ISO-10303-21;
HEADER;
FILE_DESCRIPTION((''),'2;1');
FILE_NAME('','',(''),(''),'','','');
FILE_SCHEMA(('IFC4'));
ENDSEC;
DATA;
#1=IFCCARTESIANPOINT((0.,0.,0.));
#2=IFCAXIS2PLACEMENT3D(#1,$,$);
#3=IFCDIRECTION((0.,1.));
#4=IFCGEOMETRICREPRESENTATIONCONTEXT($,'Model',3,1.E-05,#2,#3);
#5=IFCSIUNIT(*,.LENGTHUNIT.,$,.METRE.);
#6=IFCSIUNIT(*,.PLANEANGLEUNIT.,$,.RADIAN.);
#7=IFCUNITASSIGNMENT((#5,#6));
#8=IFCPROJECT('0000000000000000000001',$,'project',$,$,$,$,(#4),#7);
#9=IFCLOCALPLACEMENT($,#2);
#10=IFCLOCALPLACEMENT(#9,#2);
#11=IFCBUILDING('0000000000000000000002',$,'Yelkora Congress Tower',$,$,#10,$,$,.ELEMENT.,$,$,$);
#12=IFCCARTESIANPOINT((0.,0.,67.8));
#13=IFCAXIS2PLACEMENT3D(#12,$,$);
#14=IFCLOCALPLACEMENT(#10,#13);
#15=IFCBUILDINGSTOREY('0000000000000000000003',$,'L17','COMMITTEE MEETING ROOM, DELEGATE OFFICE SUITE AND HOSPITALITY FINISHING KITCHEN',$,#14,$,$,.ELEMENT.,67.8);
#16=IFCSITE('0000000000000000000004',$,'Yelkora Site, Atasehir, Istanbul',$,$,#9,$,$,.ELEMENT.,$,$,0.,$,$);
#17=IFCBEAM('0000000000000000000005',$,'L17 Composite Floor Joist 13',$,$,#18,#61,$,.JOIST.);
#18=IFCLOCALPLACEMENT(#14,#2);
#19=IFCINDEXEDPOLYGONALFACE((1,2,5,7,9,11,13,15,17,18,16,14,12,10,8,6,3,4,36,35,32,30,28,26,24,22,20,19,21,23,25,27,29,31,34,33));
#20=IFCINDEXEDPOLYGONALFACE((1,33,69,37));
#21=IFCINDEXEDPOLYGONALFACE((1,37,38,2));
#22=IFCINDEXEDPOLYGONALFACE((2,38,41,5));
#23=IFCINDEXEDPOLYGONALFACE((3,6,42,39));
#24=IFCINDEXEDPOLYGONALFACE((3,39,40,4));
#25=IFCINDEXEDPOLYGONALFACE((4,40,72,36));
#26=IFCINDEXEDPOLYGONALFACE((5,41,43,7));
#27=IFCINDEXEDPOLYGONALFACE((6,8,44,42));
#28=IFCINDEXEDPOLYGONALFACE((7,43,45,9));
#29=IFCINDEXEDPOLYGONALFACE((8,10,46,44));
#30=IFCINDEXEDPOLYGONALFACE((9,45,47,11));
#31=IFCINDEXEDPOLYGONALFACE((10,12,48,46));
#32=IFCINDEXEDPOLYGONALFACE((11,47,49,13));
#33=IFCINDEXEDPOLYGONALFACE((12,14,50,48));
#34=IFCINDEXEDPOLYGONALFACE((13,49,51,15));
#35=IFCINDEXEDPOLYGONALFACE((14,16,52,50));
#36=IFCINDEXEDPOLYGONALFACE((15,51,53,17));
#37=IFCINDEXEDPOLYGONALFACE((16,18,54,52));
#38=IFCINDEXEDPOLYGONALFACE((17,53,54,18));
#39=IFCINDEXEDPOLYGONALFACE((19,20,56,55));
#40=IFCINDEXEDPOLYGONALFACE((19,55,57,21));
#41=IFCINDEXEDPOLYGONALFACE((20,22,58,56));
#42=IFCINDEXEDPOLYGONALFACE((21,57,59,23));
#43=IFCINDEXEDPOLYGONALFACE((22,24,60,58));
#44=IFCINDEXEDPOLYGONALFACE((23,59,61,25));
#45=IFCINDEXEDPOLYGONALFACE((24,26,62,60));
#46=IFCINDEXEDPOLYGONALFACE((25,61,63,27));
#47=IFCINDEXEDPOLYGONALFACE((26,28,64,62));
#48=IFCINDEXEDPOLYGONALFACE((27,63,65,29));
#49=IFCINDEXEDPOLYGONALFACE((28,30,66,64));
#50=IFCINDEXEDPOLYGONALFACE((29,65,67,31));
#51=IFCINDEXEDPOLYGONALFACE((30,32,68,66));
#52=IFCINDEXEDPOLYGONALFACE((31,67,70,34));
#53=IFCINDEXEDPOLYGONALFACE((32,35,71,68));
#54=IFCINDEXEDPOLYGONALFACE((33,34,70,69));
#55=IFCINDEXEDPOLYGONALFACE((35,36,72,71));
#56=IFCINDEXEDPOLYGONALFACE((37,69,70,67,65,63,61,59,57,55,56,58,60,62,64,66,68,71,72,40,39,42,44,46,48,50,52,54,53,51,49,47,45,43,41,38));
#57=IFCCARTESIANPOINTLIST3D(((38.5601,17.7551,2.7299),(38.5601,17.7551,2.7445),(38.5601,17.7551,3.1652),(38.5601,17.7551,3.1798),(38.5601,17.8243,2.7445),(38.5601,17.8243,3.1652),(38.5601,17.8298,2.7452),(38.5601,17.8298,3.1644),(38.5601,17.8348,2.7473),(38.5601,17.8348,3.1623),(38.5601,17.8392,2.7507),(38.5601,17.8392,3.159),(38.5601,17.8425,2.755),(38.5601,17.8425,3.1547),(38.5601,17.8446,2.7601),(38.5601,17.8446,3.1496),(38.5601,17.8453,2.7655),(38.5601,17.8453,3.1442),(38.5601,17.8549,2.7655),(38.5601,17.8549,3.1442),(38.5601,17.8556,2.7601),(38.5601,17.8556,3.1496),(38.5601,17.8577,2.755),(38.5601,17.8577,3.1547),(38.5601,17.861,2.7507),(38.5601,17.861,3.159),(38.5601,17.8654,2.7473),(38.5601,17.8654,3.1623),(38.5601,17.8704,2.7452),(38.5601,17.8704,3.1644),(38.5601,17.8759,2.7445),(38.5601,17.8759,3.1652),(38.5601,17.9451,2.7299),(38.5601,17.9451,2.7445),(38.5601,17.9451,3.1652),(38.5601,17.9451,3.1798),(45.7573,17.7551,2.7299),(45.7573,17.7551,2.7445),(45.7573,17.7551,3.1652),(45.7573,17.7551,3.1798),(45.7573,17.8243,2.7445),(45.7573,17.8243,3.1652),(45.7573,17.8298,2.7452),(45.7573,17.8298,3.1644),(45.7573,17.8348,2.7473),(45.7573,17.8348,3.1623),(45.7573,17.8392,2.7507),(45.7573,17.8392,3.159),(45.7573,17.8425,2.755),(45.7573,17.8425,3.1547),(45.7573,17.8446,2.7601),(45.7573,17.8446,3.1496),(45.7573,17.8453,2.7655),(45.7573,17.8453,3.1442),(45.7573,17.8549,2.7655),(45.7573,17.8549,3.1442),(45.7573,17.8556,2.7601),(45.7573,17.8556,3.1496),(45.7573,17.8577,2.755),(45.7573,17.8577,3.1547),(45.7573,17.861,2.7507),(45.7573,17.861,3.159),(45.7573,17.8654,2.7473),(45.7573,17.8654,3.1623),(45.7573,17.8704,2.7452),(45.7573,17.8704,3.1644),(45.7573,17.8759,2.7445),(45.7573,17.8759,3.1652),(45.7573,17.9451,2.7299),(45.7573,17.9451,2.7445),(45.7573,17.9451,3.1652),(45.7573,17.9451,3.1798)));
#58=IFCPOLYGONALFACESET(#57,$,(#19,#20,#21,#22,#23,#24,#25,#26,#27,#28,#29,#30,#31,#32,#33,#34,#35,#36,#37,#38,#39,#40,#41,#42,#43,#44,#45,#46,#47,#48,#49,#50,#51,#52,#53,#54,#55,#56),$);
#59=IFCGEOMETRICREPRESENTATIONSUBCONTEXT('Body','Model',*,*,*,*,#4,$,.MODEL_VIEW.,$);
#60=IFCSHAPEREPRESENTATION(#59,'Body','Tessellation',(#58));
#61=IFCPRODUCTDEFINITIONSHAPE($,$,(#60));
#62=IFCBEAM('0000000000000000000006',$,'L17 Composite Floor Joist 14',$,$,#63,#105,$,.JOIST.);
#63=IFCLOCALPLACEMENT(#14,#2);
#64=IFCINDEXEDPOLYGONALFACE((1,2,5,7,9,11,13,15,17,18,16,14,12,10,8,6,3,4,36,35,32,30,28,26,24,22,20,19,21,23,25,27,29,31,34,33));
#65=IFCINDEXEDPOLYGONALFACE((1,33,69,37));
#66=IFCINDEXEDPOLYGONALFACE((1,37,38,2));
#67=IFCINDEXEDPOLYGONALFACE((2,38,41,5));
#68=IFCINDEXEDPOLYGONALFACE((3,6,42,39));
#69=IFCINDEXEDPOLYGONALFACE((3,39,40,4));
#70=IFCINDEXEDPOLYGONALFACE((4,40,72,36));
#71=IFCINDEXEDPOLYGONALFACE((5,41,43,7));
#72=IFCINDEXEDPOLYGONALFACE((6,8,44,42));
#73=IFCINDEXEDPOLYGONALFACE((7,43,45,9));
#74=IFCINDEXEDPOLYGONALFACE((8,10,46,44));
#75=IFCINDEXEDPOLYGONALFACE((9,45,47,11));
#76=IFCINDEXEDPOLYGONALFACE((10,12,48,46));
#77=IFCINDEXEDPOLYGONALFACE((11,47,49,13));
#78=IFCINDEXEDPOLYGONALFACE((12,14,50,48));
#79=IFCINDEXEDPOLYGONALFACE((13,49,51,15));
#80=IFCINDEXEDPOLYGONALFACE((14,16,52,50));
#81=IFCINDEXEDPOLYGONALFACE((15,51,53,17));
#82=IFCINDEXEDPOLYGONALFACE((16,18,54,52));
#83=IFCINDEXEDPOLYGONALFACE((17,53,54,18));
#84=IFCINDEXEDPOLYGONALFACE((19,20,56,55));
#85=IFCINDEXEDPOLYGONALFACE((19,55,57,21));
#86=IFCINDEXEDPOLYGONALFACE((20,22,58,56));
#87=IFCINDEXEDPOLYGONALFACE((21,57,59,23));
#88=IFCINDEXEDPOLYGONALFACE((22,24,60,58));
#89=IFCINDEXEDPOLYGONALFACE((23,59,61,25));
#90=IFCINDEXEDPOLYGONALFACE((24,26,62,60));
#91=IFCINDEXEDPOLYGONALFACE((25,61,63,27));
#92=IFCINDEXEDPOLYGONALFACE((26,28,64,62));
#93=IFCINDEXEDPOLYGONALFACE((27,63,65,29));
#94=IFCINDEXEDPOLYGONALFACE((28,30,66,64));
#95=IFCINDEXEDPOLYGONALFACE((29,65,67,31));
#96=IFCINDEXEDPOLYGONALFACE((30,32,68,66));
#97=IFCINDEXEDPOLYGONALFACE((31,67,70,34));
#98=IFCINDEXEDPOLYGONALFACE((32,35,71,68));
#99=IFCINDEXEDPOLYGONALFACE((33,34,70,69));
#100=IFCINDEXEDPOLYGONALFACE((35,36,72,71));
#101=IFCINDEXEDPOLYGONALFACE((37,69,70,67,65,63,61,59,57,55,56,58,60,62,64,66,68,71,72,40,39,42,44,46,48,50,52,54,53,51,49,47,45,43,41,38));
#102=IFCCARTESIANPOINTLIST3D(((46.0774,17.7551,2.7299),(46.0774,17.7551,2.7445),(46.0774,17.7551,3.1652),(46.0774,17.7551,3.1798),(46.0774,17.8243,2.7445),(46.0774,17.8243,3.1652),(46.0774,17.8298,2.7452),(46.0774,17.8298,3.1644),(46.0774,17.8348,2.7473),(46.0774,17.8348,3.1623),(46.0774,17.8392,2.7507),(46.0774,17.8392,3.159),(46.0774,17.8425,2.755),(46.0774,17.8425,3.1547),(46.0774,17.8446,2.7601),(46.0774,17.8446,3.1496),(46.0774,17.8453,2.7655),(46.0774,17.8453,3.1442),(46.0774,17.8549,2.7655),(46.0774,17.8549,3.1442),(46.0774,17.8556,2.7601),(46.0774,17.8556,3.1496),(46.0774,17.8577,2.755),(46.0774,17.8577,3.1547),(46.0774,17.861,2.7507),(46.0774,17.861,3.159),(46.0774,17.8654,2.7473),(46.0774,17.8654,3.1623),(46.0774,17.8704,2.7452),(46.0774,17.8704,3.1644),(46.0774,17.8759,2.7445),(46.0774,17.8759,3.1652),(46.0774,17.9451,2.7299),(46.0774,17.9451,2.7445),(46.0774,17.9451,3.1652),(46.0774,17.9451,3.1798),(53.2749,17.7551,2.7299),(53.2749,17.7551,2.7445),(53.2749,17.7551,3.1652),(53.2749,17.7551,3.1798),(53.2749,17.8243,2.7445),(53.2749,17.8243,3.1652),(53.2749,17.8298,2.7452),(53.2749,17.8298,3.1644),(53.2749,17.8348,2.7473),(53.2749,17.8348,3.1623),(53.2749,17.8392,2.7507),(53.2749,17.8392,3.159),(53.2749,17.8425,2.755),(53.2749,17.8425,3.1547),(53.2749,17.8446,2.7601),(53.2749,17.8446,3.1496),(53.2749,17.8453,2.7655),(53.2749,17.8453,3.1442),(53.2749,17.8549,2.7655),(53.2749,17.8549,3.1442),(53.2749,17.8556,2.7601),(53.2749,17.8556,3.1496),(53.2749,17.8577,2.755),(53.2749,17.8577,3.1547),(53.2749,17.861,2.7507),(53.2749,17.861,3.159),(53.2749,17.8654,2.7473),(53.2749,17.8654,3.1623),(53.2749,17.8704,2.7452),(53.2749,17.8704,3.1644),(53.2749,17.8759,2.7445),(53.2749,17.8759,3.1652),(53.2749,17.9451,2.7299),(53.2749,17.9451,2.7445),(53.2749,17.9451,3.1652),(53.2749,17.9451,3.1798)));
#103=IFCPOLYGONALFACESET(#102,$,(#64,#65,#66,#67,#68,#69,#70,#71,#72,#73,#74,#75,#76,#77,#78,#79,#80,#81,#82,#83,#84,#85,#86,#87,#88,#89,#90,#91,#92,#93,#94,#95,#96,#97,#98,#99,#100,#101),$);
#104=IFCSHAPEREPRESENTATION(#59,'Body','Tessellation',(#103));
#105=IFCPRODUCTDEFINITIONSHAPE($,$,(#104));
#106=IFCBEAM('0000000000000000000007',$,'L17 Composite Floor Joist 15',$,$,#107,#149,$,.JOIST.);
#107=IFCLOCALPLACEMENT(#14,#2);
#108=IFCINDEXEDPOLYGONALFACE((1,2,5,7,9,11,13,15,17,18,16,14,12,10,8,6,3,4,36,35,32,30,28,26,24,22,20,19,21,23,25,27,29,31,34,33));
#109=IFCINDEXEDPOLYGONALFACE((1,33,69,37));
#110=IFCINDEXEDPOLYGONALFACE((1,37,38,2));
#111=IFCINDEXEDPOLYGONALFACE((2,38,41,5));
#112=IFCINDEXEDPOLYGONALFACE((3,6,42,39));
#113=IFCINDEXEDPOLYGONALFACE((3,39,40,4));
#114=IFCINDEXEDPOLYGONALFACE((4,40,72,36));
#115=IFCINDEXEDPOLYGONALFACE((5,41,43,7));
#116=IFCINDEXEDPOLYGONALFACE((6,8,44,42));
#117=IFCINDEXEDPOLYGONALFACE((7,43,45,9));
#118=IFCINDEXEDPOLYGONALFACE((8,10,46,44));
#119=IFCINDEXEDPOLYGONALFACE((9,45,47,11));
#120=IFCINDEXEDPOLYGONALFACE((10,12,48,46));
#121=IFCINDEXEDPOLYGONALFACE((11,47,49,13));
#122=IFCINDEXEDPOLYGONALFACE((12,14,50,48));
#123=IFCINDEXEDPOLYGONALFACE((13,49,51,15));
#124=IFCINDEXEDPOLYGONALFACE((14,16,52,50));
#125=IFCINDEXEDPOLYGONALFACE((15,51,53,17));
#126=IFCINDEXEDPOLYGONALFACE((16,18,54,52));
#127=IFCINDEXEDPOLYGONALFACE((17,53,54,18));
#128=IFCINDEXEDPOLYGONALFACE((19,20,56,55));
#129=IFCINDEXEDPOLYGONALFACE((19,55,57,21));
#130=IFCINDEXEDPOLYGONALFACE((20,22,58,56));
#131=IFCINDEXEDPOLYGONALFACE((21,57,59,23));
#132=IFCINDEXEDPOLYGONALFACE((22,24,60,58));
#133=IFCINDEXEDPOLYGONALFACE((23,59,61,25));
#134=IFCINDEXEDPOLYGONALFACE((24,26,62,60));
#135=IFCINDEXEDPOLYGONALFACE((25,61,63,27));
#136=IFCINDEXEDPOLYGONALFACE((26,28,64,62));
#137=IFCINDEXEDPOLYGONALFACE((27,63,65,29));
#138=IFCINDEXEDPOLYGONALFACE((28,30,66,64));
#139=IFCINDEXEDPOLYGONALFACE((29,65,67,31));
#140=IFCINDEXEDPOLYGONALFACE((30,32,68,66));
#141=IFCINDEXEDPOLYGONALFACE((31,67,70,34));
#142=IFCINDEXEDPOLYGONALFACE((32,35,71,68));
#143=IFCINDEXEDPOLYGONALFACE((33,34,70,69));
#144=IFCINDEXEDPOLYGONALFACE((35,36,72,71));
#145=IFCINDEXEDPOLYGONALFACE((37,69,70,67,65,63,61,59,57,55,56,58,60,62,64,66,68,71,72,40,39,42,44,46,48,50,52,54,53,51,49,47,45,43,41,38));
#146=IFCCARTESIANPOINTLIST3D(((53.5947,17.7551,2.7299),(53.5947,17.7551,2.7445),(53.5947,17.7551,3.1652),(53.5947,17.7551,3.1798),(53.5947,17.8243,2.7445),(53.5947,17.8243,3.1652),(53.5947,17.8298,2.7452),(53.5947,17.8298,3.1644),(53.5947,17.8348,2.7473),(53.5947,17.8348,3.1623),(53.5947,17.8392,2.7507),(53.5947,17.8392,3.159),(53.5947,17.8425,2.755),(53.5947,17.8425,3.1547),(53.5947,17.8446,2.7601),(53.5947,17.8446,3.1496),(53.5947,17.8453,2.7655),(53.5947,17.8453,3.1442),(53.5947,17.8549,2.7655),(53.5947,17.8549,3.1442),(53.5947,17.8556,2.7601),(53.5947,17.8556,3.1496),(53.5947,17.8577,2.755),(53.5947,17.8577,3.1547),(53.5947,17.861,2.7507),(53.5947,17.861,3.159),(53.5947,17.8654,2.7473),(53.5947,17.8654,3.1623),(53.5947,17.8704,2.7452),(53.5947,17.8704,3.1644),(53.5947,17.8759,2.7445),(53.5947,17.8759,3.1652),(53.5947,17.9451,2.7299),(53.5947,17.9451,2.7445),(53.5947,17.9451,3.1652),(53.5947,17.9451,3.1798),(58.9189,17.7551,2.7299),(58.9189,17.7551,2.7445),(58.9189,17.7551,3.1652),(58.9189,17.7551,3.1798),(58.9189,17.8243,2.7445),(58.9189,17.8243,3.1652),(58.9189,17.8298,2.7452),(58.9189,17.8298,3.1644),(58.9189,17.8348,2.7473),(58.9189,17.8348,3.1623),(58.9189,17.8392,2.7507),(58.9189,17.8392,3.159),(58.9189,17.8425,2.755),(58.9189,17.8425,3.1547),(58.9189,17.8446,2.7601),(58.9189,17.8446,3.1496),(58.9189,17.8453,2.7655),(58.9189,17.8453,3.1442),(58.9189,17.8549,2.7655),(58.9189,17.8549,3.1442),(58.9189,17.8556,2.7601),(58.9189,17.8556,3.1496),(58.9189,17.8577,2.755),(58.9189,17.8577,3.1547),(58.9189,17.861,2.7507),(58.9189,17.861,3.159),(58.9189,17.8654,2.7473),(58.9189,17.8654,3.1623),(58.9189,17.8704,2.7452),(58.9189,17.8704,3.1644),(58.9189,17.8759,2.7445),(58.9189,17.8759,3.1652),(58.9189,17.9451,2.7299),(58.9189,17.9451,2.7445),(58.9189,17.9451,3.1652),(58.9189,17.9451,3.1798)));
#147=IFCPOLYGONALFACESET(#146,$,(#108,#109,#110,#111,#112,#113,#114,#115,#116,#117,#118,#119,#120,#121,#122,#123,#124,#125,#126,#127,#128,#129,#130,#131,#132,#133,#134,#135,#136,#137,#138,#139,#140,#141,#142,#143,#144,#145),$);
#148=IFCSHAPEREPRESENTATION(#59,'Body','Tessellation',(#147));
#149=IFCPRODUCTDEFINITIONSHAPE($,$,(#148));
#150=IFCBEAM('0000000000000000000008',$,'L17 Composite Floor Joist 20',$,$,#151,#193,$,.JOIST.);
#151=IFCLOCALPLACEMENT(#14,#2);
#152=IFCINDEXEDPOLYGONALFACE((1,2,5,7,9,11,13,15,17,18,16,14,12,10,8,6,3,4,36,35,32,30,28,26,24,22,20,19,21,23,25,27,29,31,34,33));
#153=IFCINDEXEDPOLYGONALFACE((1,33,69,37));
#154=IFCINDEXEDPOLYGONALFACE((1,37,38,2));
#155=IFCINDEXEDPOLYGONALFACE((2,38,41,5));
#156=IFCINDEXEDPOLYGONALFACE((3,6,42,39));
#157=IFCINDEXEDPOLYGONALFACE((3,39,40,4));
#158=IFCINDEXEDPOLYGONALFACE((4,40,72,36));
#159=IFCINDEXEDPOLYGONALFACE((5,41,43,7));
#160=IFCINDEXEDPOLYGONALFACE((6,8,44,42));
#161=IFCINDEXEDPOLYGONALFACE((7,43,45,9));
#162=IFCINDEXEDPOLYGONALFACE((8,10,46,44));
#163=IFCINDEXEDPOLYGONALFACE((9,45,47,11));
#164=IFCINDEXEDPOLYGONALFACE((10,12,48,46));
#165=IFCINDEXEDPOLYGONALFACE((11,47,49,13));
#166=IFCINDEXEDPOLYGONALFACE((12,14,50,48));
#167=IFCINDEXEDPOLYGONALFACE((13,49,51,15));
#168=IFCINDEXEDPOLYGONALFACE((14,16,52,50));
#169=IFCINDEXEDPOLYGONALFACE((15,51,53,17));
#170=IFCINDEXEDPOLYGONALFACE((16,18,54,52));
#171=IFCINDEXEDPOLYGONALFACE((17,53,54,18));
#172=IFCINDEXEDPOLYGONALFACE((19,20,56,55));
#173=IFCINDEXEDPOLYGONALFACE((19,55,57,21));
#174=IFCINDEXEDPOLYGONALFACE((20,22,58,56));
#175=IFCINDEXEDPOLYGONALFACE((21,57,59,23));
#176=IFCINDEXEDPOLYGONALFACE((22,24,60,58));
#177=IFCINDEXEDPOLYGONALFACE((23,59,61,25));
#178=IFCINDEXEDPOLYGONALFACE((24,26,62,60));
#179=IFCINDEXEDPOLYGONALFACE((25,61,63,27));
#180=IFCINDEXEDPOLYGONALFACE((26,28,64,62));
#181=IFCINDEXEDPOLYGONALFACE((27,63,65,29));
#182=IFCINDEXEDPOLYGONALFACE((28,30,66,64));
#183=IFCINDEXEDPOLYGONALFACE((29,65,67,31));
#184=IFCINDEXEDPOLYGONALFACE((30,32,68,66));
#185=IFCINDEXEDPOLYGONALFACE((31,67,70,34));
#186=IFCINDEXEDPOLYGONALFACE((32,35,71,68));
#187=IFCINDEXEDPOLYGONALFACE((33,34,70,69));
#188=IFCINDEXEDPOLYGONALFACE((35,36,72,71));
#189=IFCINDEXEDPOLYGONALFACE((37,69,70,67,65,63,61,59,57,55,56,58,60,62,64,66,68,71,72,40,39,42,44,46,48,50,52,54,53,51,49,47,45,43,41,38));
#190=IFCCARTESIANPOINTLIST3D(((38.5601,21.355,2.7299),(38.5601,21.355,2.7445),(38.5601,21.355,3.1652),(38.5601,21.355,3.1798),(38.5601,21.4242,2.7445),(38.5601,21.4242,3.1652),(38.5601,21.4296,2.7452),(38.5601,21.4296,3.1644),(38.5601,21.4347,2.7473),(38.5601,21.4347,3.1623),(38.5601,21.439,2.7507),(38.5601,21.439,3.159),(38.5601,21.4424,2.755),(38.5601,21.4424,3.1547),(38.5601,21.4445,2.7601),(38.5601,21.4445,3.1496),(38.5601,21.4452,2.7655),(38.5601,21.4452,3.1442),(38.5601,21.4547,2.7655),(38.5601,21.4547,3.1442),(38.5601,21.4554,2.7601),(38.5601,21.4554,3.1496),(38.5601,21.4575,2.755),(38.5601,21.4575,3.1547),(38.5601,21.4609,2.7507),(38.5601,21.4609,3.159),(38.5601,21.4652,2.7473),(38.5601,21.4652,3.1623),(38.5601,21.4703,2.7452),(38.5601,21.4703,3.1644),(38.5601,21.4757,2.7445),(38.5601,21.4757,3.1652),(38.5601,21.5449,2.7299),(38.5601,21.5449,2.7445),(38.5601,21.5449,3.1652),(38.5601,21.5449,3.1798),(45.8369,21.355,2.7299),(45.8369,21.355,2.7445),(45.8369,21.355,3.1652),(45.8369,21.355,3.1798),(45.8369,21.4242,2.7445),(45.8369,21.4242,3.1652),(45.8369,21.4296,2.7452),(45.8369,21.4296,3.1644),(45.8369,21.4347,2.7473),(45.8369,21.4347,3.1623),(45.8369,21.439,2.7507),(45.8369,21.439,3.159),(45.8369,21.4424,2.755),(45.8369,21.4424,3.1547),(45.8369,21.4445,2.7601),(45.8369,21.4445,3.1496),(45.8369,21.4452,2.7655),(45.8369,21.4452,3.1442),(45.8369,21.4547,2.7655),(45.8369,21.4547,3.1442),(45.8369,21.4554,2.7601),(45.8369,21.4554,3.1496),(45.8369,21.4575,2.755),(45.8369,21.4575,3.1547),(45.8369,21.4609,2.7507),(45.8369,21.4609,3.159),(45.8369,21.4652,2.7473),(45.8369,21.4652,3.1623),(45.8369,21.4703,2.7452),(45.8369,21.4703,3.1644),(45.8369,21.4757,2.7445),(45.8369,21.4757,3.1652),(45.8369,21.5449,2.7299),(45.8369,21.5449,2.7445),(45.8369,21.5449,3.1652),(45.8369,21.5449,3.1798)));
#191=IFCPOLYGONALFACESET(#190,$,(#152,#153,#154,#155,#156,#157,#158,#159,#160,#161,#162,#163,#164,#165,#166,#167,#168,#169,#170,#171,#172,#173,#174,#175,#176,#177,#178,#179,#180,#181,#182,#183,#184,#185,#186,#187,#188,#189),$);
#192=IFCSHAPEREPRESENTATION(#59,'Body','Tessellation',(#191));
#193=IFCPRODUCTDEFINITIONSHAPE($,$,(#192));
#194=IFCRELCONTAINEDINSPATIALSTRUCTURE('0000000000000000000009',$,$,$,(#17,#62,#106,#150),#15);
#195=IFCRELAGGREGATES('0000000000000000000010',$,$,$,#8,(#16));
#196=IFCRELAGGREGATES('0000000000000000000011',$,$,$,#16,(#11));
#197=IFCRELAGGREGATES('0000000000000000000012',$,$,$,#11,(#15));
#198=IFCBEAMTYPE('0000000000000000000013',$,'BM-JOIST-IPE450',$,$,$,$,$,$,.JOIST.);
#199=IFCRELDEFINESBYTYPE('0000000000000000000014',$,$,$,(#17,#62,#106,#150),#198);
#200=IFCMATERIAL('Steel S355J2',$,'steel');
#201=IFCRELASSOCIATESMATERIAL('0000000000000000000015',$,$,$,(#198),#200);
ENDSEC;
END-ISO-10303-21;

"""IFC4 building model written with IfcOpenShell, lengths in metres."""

from ifc_helpers import new_model, si_unit, direction, frame, origin, origin_2d, place, context, subcontext, project, spatial, i_section, extrude, material, material_profile, profile_set, type_object, element, save


model = new_model("IFC4")

# Units and contexts
model_context = context("Model", 3, precision=1e-05, world=origin(), true_north=direction((0.0, 1.0)))
body_context = subcontext(model_context, "Body", "Model", "MODEL_VIEW")
ifc_project = project(units=[si_unit("LENGTHUNIT", "METRE"), si_unit("PLANEANGLEUNIT", "RADIAN")], contexts=[model_context])

# Site, building, storey
site_placement = place(None, origin())
site = spatial("IfcSite", under=ifc_project, at=site_placement, Name="Yelkora Site, Atasehir, Istanbul", CompositionType="ELEMENT", RefElevation=0.0)
building_placement = place(site_placement, origin())
building = spatial("IfcBuilding", under=site, at=building_placement, Name="Yelkora Congress Tower", CompositionType="ELEMENT")
storey_placement = place(building_placement, frame((0.0, 0.0, 67.8)))
storey = spatial("IfcBuildingStorey", under=building, at=storey_placement, Name="L17", Description="COMMITTEE MEETING ROOM, DELEGATE OFFICE SUITE AND HOSPITALITY FINISHING KITCHEN", CompositionType="ELEMENT", Elevation=67.8)

# Beams
ifc_material_1 = material(Name="Steel S355J2", Category="steel")
ifc_material_profile_1 = material_profile(ifc_material_1, i_section(OverallWidth=0.1899, OverallDepth=0.45, WebThickness=0.0095, FlangeThickness=0.0146, FilletRadius=0.021, at=origin_2d()), Name="IPE 450")
ifc_profile_set_1 = profile_set([ifc_material_profile_1], Name="Steel S355J2")
beam_type_1 = type_object("IfcBeamType", Name="BM-JOIST-IPE450", PredefinedType="JOIST", material=ifc_profile_set_1)
beam_1_placement = place(storey_placement, frame((38.5601, 17.8501, 2.9548), z_axis=(1.0, 0.0, 0.0), x_axis=(0.0, 1.0, 0.0)))
element("IfcBeam", 1, at=beam_1_placement, inside=storey, type_object=beam_type_1, Name="L17 Composite Floor Joist 13", PredefinedType="JOIST", context=body_context, shape_type="SweptSolid", body=[
    extrude(i_section(OverallWidth=0.1899, OverallDepth=0.45, WebThickness=0.0095, FlangeThickness=0.0146, FilletRadius=0.021, at=origin_2d()), origin(), (0.0, 0.0, 1.0), 7.1973),
])
beam_2_placement = place(storey_placement, frame((46.0774, 17.8501, 2.9548), z_axis=(1.0, 0.0, 0.0), x_axis=(0.0, 1.0, 0.0)))
element("IfcBeam", 2, at=beam_2_placement, inside=storey, type_object=beam_type_1, Name="L17 Composite Floor Joist 14", PredefinedType="JOIST", context=body_context, shape_type="SweptSolid", body=[
    extrude(i_section(OverallWidth=0.1899, OverallDepth=0.45, WebThickness=0.0095, FlangeThickness=0.0146, FilletRadius=0.021, at=origin_2d()), origin(), (0.0, 0.0, 1.0), 7.1975),
])
beam_3_placement = place(storey_placement, frame((53.5947, 17.8501, 2.9548), z_axis=(1.0, 0.0, 0.0), x_axis=(0.0, 1.0, 0.0)))
element("IfcBeam", 3, at=beam_3_placement, inside=storey, type_object=beam_type_1, Name="L17 Composite Floor Joist 15", PredefinedType="JOIST", context=body_context, shape_type="SweptSolid", body=[
    extrude(i_section(OverallWidth=0.1899, OverallDepth=0.45, WebThickness=0.0095, FlangeThickness=0.0146, FilletRadius=0.021, at=origin_2d()), origin(), (0.0, 0.0, 1.0), 5.3242),
])
beam_4_placement = place(storey_placement, frame((38.5601, 21.45, 2.9548), z_axis=(1.0, 0.0, 0.0), x_axis=(0.0, 1.0, 0.0)))
element("IfcBeam", 4, at=beam_4_placement, inside=storey, type_object=beam_type_1, Name="L17 Composite Floor Joist 20", PredefinedType="JOIST", context=body_context, shape_type="SweptSolid", body=[
    extrude(i_section(OverallWidth=0.1899, OverallDepth=0.45, WebThickness=0.0095, FlangeThickness=0.0146, FilletRadius=0.021, at=origin_2d()), origin(), (0.0, 0.0, 1.0), 7.2769),
])

save(model, "model.ifc")
